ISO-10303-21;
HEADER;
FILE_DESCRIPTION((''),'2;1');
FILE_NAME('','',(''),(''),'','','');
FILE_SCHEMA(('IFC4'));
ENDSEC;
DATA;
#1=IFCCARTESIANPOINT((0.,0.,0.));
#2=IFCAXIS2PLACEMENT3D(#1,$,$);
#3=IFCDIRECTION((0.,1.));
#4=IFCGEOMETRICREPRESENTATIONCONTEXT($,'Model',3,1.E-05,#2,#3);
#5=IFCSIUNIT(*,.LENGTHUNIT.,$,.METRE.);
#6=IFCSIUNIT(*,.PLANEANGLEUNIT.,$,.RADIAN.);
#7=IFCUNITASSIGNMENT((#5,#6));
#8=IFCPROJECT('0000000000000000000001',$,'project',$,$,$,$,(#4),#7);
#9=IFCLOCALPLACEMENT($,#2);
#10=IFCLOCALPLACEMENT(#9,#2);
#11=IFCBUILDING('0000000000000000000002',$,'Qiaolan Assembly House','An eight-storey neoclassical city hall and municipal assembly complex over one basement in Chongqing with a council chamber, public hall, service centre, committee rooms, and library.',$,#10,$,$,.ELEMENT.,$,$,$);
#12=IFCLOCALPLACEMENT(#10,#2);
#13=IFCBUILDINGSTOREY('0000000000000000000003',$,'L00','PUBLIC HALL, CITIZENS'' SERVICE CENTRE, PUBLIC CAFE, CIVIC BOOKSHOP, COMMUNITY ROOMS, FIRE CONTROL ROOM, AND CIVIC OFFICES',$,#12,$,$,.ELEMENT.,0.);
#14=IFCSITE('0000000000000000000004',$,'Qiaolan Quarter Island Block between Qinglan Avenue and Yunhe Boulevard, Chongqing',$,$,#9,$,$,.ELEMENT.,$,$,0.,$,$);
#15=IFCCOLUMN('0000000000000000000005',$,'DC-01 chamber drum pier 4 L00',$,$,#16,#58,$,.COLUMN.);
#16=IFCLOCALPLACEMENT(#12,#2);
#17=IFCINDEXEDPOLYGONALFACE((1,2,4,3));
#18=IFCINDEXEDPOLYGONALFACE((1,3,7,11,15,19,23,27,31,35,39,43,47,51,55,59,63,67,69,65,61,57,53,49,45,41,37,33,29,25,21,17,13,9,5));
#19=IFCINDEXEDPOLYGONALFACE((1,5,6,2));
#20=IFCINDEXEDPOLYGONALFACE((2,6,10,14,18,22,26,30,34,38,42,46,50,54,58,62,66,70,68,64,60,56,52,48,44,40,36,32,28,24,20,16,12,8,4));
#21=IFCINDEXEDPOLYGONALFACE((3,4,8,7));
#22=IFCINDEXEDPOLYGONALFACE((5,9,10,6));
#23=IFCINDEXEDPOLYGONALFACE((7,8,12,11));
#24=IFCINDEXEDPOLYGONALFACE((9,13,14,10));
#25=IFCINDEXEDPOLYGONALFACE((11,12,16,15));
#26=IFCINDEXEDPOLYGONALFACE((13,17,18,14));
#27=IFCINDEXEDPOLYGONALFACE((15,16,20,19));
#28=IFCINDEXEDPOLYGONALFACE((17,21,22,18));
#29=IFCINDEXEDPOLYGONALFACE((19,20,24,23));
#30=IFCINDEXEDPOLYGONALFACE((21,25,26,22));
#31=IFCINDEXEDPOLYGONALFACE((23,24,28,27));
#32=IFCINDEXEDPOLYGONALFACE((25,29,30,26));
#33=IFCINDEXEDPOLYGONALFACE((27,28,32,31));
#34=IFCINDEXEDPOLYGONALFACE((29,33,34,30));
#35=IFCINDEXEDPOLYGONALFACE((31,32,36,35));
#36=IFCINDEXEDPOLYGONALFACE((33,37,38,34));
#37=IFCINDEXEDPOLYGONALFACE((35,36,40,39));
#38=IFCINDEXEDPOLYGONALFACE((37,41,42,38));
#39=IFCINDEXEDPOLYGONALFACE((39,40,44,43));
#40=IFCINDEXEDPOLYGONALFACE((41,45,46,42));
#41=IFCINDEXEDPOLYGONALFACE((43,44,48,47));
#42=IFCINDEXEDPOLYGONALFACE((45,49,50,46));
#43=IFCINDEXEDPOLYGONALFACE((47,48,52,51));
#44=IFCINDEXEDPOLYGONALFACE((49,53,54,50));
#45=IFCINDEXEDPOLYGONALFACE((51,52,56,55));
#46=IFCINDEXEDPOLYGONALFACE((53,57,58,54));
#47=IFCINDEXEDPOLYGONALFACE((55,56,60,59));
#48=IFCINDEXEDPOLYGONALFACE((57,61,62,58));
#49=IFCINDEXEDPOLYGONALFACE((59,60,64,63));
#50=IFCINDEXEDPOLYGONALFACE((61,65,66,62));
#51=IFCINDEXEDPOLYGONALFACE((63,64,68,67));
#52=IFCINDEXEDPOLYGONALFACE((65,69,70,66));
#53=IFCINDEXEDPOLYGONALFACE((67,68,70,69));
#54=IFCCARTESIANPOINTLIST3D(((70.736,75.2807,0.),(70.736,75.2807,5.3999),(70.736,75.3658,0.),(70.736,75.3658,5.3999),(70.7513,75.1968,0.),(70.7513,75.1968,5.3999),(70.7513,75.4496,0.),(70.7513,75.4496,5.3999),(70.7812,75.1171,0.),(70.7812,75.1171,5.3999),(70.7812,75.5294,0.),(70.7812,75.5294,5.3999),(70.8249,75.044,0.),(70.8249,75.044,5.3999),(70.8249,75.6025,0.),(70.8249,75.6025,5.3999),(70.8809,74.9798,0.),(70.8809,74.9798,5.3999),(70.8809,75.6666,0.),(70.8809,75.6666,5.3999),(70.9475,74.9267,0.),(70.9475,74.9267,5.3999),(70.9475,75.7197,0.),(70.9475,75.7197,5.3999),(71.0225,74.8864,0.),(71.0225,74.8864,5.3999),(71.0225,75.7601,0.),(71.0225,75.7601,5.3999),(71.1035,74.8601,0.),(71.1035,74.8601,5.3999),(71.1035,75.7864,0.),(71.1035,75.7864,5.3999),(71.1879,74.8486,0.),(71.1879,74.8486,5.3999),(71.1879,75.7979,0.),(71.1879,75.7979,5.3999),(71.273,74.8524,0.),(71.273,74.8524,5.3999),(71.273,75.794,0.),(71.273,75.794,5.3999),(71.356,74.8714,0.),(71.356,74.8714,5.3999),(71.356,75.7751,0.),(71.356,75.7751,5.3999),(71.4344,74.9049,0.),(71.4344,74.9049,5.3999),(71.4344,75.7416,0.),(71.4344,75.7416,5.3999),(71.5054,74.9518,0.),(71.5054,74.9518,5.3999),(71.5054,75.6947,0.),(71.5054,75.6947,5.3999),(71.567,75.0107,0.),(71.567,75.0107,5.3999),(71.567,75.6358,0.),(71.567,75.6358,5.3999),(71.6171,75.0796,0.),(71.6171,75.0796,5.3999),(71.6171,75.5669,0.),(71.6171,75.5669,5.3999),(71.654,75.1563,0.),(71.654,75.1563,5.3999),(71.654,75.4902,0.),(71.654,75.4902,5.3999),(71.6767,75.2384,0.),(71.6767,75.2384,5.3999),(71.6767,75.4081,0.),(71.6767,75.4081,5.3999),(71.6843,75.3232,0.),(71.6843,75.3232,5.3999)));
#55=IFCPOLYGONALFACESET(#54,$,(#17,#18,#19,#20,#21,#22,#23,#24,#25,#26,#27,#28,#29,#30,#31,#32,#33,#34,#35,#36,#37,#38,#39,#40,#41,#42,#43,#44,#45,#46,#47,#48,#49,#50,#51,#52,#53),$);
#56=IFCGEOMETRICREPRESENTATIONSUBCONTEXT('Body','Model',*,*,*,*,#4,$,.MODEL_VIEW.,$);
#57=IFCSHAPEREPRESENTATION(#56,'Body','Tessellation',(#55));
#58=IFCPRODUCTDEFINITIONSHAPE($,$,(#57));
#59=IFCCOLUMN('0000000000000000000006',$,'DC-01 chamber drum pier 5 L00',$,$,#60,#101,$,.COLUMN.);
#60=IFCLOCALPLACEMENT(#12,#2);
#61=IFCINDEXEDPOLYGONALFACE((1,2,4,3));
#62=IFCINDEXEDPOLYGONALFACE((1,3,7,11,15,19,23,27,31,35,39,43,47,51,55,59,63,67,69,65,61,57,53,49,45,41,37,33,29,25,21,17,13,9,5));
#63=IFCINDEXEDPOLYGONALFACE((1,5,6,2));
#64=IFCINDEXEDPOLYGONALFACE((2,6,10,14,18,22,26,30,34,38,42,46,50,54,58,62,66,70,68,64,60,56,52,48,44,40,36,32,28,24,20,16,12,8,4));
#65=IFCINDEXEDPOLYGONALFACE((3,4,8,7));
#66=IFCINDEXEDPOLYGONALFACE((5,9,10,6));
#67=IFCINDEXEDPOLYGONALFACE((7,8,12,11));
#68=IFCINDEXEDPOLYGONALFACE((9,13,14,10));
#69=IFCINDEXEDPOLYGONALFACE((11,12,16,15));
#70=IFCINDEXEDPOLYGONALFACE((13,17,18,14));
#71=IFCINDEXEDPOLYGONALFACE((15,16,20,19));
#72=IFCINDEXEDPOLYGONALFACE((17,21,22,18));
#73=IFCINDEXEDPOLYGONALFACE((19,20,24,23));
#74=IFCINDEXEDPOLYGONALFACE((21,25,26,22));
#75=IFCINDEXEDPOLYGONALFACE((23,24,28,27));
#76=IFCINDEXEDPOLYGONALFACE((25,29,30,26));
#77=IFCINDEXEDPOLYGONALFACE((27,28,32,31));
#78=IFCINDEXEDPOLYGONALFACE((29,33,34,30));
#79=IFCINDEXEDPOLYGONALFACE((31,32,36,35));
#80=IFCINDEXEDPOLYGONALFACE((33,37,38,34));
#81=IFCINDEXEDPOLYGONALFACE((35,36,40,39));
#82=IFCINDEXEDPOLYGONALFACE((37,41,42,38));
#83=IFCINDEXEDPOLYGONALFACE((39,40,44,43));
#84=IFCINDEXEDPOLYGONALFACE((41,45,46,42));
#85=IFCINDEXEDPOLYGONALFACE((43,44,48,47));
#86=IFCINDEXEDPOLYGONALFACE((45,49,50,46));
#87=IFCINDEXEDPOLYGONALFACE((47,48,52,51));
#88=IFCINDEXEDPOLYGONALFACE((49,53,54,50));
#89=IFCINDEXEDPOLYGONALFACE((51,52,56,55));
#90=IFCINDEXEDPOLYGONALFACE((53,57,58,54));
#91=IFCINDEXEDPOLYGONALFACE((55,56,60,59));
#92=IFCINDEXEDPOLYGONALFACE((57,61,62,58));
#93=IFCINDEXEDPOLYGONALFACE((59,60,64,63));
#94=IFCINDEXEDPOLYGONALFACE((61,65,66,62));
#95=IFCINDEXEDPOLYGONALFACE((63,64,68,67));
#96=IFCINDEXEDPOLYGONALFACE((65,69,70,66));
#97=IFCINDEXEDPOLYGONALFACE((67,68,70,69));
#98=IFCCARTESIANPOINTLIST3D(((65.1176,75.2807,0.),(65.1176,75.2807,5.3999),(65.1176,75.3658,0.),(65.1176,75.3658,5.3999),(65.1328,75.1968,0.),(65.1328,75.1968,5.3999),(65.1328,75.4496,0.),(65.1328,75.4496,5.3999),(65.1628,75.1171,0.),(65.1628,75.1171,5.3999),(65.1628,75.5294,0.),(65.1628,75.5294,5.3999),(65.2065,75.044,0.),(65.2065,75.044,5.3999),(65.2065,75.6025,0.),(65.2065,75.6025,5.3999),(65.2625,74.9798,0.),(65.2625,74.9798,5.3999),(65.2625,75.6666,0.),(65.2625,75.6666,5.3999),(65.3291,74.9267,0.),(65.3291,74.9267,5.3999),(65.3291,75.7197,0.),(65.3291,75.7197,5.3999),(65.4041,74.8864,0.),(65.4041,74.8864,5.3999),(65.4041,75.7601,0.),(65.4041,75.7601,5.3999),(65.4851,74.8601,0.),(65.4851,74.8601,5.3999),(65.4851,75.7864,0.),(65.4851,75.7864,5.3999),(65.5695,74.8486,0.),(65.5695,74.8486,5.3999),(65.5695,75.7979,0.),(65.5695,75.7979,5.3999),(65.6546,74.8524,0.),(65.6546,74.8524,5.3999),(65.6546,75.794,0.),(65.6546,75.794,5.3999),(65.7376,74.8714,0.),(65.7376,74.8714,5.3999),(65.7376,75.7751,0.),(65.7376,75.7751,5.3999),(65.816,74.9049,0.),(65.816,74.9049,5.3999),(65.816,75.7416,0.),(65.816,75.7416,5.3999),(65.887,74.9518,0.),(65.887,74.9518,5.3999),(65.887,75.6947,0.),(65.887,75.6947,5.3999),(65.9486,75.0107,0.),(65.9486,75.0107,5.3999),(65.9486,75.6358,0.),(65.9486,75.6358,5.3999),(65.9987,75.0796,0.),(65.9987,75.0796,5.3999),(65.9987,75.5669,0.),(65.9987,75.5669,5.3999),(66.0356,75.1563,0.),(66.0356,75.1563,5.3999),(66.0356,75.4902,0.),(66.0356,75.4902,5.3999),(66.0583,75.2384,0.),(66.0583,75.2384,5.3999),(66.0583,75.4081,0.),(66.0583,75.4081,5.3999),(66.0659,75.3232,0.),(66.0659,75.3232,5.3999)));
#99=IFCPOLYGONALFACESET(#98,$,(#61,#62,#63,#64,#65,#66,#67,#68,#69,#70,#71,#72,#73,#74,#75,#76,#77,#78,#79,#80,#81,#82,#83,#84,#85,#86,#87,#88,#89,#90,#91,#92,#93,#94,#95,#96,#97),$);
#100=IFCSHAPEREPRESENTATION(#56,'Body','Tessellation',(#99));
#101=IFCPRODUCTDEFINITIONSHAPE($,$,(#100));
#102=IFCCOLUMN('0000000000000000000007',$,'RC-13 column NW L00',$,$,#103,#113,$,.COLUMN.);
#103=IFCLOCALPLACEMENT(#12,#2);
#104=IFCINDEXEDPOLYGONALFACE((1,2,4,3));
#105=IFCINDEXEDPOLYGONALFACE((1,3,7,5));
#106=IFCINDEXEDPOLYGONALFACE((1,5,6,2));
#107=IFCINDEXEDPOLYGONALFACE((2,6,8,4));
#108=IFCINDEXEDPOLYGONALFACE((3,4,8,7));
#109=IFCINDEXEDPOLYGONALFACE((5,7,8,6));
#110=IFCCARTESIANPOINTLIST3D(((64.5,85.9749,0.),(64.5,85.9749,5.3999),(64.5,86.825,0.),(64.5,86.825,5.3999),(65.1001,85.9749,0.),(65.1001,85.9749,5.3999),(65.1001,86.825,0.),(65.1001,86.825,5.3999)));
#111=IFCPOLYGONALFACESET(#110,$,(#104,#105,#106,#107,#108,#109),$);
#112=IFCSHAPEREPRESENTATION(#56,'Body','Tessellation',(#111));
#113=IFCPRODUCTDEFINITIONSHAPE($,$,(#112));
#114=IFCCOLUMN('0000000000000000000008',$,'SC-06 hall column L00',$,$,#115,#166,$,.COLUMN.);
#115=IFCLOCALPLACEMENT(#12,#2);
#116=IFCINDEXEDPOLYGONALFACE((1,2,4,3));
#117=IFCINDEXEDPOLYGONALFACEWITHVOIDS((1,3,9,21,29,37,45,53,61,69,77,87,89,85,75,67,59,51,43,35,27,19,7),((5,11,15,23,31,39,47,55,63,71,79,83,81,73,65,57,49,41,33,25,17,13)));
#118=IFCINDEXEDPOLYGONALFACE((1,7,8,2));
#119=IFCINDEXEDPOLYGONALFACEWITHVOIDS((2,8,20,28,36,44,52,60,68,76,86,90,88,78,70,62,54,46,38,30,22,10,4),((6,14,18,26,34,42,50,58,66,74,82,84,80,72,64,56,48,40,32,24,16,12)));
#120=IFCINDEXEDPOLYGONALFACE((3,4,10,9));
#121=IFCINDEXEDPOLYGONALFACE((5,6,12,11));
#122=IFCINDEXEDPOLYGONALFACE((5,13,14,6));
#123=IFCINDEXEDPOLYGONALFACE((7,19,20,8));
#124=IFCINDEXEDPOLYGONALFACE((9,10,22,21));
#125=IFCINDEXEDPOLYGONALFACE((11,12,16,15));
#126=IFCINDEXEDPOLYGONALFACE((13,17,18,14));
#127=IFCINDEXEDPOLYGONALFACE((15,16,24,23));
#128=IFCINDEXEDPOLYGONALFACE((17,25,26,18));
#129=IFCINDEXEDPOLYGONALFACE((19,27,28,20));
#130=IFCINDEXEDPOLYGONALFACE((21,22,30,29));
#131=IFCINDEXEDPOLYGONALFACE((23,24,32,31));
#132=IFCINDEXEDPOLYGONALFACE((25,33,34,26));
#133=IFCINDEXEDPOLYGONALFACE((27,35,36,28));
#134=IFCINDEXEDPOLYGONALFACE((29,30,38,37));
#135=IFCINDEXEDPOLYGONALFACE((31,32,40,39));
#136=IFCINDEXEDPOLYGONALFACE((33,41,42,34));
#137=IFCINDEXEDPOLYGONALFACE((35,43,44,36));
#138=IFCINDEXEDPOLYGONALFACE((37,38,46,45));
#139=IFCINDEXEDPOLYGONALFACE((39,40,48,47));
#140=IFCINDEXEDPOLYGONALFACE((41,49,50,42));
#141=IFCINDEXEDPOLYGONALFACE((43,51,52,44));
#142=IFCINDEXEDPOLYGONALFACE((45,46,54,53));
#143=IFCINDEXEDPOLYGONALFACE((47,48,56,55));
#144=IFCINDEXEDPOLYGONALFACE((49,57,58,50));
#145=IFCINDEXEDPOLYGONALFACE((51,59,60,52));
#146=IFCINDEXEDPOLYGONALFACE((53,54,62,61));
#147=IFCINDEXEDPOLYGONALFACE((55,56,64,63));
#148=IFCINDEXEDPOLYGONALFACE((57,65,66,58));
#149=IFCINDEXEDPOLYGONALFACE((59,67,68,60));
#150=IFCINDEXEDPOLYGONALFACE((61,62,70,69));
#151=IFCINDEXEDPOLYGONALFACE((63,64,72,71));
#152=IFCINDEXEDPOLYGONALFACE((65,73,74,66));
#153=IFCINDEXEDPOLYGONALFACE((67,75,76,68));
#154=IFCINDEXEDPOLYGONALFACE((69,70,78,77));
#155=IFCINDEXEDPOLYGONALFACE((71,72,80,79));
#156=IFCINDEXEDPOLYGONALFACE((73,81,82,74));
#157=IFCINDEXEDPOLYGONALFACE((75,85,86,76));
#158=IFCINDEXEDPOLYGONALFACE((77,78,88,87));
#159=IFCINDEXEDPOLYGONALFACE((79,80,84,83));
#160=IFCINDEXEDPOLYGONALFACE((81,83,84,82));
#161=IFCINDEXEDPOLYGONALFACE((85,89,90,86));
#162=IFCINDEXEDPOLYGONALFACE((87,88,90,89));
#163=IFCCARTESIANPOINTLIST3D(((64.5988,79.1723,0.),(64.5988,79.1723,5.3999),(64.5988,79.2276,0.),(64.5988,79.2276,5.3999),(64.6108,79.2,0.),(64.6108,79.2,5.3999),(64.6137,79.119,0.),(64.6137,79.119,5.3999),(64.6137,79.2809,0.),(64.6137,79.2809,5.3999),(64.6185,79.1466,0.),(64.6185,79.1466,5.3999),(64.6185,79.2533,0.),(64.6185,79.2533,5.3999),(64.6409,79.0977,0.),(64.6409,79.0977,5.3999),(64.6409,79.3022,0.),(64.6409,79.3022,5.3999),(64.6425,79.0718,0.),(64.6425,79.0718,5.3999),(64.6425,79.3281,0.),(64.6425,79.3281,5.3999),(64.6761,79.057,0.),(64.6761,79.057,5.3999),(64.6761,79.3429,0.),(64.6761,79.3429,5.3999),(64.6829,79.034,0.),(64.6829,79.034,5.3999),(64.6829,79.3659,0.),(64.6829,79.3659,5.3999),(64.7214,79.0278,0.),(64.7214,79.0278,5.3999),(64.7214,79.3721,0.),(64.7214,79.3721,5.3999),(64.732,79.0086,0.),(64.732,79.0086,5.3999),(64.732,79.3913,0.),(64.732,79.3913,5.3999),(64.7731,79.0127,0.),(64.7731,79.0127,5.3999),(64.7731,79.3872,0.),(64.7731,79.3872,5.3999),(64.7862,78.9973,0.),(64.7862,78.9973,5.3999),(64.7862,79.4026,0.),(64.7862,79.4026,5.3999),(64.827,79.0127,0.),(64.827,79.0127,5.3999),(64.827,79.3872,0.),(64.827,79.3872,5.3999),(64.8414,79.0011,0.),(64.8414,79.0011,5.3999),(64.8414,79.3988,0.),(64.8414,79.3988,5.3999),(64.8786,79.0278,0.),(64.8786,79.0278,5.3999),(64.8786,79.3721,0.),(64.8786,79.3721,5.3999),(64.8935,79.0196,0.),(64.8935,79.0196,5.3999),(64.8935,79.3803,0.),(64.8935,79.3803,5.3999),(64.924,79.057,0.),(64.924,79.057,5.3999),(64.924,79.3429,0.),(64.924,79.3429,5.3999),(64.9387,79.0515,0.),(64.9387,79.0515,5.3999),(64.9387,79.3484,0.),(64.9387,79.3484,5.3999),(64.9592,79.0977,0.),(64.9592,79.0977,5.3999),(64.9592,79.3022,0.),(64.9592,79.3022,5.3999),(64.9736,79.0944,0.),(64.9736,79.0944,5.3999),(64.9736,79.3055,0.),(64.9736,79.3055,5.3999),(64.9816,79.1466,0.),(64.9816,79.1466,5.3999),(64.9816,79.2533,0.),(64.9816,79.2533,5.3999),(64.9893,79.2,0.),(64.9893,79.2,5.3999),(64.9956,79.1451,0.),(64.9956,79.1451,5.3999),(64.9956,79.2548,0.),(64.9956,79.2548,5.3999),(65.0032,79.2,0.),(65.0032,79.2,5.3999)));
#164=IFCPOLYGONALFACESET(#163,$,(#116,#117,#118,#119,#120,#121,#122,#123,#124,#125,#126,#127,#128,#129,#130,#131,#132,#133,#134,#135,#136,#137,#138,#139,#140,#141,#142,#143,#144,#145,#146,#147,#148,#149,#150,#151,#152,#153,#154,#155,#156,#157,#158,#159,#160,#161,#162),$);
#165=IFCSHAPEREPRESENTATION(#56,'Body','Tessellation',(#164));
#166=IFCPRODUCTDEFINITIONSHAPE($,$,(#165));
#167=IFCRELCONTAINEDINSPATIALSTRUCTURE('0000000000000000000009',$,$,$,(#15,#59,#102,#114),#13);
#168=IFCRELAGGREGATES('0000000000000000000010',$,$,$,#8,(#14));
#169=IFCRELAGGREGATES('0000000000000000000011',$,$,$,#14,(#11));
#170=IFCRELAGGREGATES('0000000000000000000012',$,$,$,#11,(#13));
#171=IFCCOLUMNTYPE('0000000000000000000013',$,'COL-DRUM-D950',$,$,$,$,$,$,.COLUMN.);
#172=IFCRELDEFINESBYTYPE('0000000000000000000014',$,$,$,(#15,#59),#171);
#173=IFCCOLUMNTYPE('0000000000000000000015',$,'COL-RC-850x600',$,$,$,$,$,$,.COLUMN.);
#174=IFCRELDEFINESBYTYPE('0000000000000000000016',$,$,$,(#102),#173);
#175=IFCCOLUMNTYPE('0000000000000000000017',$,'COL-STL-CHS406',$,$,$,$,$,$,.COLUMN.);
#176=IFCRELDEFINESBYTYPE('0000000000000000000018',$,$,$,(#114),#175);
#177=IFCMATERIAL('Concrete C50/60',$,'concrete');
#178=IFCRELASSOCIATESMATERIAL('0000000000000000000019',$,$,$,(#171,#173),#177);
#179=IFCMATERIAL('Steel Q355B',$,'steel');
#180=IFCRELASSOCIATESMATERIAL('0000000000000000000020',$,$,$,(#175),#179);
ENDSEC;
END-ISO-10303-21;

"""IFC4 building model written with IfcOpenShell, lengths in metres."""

from ifc_helpers import new_model, si_unit, direction, frame, origin, origin_2d, place, context, subcontext, project, spatial, rectangle, circle, hollow_circle, extrude, material, material_profile, profile_set, type_object, element, save


model = new_model("IFC4")

# Units and contexts
model_context = context("Model", 3, precision=1e-05, world=origin(), true_north=direction((0.0, 1.0)))
body_context = subcontext(model_context, "Body", "Model", "MODEL_VIEW")
ifc_project = project(units=[si_unit("LENGTHUNIT", "METRE"), si_unit("PLANEANGLEUNIT", "RADIAN")], contexts=[model_context])

# Site, building, storey
site_placement = place(None, origin())
site = spatial("IfcSite", under=ifc_project, at=site_placement, Name="Qiaolan Quarter Island Block between Qinglan Avenue and Yunhe Boulevard, Chongqing", CompositionType="ELEMENT", RefElevation=0.0)
building_placement = place(site_placement, origin())
building = spatial("IfcBuilding", under=site, at=building_placement, Name="Qiaolan Assembly House", Description="An eight-storey neoclassical city hall and municipal assembly complex over one basement in Chongqing with a council chamber, public hall, service centre, committee rooms, and library.", CompositionType="ELEMENT")
storey_placement = place(building_placement, origin())
storey = spatial("IfcBuildingStorey", under=building, at=storey_placement, Name="L00", Description="PUBLIC HALL, CITIZENS' SERVICE CENTRE, PUBLIC CAFE, CIVIC BOOKSHOP, COMMUNITY ROOMS, FIRE CONTROL ROOM, AND CIVIC OFFICES", CompositionType="ELEMENT", Elevation=0.0)

# Columns
ifc_material_1 = material(Name="Concrete C50/60", Category="concrete")
ifc_material_profile_1 = material_profile(ifc_material_1, circle(Radius=0.4751, at=origin_2d()), Name="CIRC D950")
ifc_profile_set_1 = profile_set([ifc_material_profile_1], Name="Concrete C50/60")
column_type_1 = type_object("IfcColumnType", Name="COL-DRUM-D950", PredefinedType="COLUMN", material=ifc_profile_set_1)
for number, where, z_axis, x_axis, name in (
    (1, (71.2092, 75.3232, 0.0), (0.0, 0.0, 1.0), (1.0, 0.0, 0.0), "DC-01 chamber drum pier 4 L00"),
    (2, (65.5908, 75.3232, 0.0), (0.0, 0.0, 1.0), (1.0, 0.0, 0.0), "DC-01 chamber drum pier 5 L00"),
):
    element("IfcColumn", number, at=place(storey_placement, frame(where, z_axis=z_axis, x_axis=x_axis)), inside=storey, type_object=column_type_1, Name=name, PredefinedType="COLUMN", context=body_context, shape_type="SweptSolid", body=[
        extrude(circle(Radius=0.4751, at=origin_2d()), origin(), (0.0, 0.0, 1.0), 5.3999),
    ])
ifc_material_profile_2 = material_profile(ifc_material_1, rectangle(XDim=0.6001, YDim=0.8501, at=origin_2d()), Name="RC 850x600")
ifc_profile_set_2 = profile_set([ifc_material_profile_2], Name="Concrete C50/60")
column_type_2 = type_object("IfcColumnType", Name="COL-RC-850x600", PredefinedType="COLUMN", material=ifc_profile_set_2)
column_placement = place(storey_placement, frame((64.8, 86.3999, 0.0), z_axis=(0.0, 0.0, 1.0), x_axis=(1.0, 0.0, 0.0)))
element("IfcColumn", 3, at=column_placement, inside=storey, type_object=column_type_2, Name="RC-13 column NW L00", PredefinedType="COLUMN", context=body_context, shape_type="SweptSolid", body=[
    extrude(rectangle(XDim=0.6001, YDim=0.8501, at=origin_2d()), origin(), (0.0, 0.0, 1.0), 5.3999),
])
ifc_material_2 = material(Name="Steel Q355B", Category="steel")
ifc_material_profile_3 = material_profile(ifc_material_2, hollow_circle(Radius=0.2031, WallThickness=0.0139, at=origin_2d()), Name="CHS 406.4x14")
ifc_profile_set_3 = profile_set([ifc_material_profile_3], Name="Steel Q355B")
column_type_3 = type_object("IfcColumnType", Name="COL-STL-CHS406", PredefinedType="COLUMN", material=ifc_profile_set_3)
for number, where, z_axis, x_axis, name in (
    (4, (64.8, 79.2, 0.0), (0.0, 0.0, 1.0), (1.0, 0.0, 0.0), "SC-06 hall column L00"),
):
    element("IfcColumn", number, at=place(storey_placement, frame(where, z_axis=z_axis, x_axis=x_axis)), inside=storey, type_object=column_type_3, Name=name, PredefinedType="COLUMN", context=body_context, shape_type="SweptSolid", body=[
        extrude(hollow_circle(Radius=0.2031, WallThickness=0.0139, at=origin_2d()), origin(), (0.0, 0.0, 1.0), 5.3999),
    ])

save(model, "model.ifc")
